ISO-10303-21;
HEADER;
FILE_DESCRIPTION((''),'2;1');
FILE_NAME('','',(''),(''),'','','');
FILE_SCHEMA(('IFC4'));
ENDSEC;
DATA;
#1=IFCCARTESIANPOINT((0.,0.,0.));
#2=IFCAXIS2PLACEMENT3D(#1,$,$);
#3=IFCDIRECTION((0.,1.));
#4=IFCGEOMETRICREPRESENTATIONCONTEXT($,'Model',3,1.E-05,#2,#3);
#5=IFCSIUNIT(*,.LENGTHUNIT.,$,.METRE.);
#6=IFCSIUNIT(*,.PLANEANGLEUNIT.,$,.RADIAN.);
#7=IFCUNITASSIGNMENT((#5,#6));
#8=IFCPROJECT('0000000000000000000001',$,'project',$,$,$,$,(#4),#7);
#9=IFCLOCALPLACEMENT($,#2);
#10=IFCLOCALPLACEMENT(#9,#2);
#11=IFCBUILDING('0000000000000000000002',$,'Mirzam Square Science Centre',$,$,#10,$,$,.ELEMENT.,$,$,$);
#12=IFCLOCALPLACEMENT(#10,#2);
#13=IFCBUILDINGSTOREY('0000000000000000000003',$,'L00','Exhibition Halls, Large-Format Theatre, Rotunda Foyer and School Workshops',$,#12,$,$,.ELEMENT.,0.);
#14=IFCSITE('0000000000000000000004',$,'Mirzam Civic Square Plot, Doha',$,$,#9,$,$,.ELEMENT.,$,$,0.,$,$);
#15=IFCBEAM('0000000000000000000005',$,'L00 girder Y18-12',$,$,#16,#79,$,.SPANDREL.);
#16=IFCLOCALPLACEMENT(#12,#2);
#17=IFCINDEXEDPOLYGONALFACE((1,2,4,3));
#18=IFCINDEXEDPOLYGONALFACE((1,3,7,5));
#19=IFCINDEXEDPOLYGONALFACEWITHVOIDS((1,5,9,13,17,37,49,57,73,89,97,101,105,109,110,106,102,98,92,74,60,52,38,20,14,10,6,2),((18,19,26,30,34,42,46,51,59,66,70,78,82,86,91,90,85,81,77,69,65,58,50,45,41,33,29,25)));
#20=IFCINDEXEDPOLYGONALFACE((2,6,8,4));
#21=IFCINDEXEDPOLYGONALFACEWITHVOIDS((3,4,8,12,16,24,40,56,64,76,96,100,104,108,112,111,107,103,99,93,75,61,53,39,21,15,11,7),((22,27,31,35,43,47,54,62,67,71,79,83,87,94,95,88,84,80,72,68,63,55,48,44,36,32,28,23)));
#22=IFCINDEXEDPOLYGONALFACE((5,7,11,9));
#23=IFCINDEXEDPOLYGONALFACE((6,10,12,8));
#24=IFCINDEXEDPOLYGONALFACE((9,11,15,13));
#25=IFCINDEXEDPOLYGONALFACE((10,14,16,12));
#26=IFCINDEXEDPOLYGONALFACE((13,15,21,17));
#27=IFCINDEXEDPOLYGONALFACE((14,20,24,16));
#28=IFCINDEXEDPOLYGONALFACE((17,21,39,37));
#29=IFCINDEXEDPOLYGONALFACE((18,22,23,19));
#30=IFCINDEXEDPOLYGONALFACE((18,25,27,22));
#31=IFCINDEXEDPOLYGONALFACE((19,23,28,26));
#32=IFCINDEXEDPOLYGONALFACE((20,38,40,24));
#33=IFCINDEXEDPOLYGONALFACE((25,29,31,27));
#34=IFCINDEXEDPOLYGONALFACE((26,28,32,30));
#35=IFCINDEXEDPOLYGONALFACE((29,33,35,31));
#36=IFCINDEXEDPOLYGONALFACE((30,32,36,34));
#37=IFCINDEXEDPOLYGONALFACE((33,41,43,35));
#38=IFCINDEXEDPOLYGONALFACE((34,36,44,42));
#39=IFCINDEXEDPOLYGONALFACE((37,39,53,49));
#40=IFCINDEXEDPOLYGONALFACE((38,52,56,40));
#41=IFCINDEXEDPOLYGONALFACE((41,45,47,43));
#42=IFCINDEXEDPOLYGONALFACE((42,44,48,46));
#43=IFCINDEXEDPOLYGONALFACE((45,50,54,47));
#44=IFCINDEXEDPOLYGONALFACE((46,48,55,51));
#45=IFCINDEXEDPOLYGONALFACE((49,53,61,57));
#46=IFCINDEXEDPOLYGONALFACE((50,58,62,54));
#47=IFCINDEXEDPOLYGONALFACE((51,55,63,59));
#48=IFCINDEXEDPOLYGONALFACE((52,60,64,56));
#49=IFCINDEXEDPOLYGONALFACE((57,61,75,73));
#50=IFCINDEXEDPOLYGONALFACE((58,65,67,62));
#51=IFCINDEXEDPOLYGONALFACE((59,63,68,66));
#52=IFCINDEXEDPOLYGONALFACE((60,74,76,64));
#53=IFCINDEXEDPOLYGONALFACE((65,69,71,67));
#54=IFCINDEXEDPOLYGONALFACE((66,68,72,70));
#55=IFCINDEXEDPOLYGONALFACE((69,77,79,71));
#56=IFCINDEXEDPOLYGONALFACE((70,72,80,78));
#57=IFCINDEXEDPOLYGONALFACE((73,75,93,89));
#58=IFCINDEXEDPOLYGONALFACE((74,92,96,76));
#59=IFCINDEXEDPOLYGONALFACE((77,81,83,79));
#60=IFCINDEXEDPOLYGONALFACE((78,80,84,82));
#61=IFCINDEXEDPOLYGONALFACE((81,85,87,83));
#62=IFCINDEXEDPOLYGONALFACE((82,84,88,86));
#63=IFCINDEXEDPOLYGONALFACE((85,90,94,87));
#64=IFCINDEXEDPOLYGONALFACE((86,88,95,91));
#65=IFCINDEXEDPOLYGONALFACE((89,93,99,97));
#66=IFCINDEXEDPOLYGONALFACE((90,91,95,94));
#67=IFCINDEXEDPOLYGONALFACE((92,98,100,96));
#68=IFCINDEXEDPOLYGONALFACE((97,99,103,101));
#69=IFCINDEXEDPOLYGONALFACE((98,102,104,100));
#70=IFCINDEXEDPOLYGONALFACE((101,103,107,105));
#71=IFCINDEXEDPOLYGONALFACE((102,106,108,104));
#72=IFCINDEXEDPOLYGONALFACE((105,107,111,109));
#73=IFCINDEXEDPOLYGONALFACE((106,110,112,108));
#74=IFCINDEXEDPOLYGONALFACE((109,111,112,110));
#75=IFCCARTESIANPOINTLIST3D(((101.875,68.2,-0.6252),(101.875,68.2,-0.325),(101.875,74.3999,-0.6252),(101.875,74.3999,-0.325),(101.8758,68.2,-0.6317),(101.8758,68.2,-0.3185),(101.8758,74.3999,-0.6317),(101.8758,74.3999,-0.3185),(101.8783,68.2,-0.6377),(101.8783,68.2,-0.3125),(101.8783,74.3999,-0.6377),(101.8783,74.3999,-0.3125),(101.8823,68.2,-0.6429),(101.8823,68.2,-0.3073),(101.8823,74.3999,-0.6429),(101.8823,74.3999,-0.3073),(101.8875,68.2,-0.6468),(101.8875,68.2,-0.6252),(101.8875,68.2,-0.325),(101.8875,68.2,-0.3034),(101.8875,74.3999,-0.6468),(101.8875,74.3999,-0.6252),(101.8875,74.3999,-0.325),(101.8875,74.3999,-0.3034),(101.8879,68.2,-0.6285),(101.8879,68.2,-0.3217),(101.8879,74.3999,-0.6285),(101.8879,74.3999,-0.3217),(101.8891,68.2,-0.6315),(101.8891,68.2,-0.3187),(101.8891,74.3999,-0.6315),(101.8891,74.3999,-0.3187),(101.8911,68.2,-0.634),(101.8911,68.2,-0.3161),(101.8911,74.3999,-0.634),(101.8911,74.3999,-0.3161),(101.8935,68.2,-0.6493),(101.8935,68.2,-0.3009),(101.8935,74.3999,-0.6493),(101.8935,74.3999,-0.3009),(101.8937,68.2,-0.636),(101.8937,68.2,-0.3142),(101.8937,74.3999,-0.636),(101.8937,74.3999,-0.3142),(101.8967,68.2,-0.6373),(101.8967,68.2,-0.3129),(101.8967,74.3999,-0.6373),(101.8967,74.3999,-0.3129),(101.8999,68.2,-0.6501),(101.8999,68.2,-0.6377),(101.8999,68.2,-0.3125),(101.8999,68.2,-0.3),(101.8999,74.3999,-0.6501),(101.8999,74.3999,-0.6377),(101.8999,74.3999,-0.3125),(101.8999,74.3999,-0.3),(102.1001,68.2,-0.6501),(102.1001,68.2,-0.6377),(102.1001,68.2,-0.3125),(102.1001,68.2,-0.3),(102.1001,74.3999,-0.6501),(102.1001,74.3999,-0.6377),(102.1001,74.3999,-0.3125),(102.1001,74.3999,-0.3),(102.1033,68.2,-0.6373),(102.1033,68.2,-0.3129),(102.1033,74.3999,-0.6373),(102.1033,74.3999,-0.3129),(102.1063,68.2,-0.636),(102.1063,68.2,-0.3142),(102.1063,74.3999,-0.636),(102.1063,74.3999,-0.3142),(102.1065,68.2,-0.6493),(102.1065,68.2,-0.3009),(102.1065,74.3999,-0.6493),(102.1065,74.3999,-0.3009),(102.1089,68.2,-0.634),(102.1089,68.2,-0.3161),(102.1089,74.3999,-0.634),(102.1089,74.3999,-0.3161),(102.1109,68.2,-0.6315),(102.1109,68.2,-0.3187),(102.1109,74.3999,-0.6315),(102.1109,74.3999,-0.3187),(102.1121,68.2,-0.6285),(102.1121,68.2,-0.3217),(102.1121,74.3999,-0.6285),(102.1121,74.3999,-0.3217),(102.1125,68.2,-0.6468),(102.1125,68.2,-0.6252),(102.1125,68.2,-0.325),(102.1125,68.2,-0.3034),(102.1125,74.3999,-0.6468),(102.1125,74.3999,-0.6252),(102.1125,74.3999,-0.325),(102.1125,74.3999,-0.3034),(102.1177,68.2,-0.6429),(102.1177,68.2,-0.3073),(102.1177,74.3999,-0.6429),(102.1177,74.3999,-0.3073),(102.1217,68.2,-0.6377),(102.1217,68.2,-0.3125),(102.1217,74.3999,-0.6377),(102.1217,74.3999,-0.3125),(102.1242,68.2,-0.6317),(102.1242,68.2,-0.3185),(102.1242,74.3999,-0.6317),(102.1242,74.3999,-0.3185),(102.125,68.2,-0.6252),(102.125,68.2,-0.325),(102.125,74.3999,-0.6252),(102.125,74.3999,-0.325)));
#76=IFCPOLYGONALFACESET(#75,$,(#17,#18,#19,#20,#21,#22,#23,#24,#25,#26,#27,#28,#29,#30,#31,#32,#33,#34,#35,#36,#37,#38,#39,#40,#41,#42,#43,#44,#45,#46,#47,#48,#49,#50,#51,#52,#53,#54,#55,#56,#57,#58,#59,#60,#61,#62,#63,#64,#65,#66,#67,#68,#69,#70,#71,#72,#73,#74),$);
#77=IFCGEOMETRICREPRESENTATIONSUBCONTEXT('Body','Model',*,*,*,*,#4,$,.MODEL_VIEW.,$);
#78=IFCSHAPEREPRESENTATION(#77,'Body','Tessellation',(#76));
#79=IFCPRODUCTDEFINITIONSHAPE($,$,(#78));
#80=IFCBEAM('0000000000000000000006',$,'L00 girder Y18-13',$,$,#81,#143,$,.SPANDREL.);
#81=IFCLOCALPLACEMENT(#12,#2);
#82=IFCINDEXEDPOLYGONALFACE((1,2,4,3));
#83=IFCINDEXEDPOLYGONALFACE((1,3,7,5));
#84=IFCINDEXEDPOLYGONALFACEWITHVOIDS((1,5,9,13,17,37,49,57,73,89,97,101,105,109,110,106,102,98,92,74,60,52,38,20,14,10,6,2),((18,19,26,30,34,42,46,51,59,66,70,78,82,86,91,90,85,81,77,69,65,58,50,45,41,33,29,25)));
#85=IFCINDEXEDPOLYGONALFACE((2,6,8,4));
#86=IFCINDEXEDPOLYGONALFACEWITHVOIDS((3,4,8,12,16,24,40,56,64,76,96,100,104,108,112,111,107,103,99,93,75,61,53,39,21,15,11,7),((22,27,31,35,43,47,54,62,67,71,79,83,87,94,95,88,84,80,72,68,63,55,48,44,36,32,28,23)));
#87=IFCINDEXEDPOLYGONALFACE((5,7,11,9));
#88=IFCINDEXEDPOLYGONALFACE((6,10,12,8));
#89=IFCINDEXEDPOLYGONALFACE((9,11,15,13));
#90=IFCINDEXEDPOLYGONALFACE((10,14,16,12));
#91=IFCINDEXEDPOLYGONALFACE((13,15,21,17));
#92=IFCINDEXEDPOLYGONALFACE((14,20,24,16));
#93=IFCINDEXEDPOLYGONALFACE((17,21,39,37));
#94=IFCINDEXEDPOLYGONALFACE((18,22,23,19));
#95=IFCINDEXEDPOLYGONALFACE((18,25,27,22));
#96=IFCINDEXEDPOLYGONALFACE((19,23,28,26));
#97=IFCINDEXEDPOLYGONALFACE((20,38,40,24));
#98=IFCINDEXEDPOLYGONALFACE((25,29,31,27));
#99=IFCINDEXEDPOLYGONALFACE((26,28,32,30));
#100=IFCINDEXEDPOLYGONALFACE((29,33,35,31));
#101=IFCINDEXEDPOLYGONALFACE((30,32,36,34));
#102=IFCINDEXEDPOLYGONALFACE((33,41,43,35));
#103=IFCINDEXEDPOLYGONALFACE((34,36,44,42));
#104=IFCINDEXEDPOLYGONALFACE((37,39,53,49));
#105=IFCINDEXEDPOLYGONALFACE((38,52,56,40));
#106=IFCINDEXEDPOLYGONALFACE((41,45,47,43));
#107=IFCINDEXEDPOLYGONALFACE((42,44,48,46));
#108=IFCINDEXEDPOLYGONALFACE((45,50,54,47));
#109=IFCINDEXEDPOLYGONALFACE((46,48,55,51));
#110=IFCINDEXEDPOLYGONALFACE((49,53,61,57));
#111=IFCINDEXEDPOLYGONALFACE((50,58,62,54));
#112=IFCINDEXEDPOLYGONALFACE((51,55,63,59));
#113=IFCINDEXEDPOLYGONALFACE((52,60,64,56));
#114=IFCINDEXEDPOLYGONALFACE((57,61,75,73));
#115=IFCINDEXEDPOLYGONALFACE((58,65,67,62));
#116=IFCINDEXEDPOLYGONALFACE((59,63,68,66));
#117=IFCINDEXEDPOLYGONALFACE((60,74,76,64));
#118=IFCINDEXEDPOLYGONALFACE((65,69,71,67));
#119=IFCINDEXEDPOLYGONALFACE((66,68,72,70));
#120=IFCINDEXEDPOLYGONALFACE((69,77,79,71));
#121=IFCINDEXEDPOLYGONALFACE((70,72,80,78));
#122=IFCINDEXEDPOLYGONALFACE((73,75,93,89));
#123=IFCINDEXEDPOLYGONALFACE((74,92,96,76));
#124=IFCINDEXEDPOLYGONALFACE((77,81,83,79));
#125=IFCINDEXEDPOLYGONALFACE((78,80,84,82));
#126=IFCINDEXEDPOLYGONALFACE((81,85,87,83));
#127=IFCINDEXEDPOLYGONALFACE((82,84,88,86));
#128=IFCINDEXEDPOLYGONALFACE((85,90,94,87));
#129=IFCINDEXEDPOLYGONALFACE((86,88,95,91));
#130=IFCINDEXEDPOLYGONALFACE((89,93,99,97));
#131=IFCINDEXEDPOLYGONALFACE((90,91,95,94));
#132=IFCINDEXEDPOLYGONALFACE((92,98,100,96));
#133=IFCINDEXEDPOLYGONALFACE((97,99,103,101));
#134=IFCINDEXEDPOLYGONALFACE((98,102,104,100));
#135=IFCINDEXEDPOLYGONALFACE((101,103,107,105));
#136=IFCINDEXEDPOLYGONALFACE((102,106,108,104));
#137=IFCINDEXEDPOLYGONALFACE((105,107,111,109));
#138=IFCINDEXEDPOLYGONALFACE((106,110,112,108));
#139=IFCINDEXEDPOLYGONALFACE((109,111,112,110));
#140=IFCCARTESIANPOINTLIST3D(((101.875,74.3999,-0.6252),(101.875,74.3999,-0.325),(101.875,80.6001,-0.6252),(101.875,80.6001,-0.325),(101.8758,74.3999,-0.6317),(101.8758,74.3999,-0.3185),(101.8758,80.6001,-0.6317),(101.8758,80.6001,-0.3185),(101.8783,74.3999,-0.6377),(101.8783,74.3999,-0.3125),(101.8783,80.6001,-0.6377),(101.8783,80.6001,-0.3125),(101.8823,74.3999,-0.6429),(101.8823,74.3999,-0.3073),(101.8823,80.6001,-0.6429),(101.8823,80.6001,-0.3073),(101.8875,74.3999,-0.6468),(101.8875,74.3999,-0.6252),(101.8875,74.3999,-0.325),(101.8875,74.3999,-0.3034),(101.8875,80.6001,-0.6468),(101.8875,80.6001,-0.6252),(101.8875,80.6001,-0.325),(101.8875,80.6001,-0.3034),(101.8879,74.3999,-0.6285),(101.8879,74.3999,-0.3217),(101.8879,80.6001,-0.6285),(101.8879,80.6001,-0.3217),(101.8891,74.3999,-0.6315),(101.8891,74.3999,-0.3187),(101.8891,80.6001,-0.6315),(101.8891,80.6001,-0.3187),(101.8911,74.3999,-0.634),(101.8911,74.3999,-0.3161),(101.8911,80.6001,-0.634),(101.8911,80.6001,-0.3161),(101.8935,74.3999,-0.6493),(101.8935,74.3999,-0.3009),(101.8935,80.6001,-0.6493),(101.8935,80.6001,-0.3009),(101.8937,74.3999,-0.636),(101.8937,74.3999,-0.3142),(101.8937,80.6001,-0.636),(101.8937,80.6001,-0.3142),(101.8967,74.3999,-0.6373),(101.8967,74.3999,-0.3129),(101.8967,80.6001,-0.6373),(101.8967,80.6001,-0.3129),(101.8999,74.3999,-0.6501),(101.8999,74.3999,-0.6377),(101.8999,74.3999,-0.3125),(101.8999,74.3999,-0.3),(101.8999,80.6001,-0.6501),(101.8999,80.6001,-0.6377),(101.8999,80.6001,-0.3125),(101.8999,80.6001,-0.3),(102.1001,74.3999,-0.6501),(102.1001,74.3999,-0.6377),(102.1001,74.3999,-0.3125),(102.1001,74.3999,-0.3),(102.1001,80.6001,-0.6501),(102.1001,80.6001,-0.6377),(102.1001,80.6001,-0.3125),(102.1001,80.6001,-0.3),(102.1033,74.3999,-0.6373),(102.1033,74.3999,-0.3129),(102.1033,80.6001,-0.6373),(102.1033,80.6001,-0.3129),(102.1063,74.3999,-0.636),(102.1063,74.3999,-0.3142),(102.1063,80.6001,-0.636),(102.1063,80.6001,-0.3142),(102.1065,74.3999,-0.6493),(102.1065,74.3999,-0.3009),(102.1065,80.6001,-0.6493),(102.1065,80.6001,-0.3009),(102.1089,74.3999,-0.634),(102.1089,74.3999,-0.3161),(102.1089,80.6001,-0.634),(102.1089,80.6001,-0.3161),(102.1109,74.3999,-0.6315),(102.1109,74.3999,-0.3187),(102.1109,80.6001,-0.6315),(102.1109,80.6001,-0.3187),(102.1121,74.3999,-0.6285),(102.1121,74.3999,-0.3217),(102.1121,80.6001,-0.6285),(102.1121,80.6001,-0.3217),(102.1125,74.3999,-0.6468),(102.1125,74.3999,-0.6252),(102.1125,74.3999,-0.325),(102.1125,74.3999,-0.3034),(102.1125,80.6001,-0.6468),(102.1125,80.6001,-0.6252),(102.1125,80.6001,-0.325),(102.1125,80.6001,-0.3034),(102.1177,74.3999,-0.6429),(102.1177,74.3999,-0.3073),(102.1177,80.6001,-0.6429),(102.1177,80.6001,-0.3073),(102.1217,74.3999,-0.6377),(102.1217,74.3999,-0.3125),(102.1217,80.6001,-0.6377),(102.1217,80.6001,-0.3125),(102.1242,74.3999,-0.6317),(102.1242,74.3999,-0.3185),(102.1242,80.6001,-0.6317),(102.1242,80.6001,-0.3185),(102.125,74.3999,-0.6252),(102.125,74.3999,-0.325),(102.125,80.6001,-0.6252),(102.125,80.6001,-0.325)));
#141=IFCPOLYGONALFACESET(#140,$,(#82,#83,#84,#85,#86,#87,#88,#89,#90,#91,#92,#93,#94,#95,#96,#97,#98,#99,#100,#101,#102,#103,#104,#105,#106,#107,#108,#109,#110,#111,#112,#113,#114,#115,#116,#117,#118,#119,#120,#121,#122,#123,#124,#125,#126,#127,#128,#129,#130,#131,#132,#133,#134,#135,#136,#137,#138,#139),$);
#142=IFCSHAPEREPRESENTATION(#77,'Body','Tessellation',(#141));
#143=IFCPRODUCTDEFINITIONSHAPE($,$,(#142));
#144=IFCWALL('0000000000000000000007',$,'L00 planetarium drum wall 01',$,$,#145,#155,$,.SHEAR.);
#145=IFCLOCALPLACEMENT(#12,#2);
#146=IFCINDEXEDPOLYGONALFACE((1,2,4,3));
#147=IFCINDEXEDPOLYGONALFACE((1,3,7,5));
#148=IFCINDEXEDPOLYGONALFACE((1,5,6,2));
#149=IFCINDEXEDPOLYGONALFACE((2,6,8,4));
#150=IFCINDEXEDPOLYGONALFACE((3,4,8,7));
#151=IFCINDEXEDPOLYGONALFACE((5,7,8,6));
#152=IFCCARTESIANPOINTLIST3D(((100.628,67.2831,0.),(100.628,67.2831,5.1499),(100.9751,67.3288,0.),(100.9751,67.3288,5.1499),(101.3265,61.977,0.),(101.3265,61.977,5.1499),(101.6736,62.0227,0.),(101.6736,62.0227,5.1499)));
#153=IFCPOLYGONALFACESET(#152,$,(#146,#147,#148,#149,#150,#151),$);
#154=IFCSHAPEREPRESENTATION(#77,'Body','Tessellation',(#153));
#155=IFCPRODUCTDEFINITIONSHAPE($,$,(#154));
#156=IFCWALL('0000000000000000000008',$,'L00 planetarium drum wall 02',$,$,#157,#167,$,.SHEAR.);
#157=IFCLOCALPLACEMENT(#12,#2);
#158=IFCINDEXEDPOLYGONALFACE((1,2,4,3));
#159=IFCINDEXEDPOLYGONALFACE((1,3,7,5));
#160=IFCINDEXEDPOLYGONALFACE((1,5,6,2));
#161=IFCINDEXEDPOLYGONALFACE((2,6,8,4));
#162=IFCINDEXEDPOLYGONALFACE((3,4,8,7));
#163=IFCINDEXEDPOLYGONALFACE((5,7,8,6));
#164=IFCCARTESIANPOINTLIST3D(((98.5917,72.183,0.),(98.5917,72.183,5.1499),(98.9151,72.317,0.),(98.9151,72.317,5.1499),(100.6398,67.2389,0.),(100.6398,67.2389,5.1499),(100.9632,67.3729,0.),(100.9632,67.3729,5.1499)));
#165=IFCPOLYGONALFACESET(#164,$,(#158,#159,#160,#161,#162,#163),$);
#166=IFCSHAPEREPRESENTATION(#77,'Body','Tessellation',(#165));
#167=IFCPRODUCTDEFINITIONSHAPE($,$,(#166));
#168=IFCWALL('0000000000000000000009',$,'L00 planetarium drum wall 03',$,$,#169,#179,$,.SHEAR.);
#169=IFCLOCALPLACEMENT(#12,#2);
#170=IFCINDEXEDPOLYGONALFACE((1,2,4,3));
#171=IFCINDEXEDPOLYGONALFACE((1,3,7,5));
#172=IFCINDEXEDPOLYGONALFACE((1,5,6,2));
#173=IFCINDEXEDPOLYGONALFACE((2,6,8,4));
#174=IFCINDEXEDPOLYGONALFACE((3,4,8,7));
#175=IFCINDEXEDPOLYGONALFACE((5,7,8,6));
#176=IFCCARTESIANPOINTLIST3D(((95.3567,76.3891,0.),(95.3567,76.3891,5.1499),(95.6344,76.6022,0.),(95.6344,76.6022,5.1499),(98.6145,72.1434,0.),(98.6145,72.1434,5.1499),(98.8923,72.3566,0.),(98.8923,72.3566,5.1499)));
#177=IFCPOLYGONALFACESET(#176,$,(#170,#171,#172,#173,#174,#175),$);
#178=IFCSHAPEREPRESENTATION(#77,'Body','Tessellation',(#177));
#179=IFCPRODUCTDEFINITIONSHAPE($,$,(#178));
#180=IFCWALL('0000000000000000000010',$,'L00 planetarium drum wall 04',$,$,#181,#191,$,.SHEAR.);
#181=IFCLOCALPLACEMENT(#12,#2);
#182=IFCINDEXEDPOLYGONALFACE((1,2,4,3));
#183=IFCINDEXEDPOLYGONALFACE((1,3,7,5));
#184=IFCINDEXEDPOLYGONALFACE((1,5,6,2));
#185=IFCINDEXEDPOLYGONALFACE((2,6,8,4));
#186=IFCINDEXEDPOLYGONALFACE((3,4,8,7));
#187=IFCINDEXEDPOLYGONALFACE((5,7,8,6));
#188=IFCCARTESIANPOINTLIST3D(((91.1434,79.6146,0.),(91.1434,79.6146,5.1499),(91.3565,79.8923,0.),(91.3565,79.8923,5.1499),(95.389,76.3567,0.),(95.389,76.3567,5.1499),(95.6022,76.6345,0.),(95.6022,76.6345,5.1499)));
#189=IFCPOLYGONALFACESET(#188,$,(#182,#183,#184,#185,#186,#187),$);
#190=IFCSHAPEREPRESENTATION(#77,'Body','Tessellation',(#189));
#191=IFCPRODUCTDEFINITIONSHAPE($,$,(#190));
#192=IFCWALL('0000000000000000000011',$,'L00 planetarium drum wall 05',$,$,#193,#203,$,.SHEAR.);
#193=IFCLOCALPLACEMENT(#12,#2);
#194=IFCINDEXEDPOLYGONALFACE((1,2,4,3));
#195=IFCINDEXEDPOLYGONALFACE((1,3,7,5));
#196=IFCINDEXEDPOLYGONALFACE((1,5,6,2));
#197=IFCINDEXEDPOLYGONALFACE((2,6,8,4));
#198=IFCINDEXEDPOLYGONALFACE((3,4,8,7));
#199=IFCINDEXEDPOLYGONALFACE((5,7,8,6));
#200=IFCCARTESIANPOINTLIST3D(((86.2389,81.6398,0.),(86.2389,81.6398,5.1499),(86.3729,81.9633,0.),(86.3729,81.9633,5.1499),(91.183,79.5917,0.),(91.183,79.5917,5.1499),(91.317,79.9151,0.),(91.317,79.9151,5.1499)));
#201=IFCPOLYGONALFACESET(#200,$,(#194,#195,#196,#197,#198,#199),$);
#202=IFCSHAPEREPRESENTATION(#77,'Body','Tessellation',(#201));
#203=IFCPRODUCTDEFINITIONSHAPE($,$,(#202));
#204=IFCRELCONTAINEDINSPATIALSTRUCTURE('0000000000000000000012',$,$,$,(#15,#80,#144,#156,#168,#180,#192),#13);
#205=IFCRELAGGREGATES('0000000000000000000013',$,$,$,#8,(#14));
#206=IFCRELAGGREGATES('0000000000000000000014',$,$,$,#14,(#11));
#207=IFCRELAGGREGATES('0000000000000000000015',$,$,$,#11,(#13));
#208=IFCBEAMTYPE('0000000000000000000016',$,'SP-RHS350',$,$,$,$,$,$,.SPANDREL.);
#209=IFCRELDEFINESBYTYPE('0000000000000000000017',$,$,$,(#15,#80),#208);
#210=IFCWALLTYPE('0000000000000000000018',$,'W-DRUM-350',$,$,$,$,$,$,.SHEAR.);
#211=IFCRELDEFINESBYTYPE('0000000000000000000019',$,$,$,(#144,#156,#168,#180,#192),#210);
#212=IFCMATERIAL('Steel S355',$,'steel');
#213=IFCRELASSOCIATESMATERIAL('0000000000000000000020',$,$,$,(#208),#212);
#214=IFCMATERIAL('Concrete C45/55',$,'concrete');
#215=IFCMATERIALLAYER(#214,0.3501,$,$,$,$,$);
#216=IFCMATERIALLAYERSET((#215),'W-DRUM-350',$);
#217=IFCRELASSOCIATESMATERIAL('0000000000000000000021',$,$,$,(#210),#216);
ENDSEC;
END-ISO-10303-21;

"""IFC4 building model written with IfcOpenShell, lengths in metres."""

from ifc_helpers import new_model, si_unit, direction, frame, frame_2d, origin, origin_2d, place, context, subcontext, project, spatial, rectangle, hollow_rectangle, extrude, material, layer, layer_set, material_profile, profile_set, type_object, element, save


model = new_model("IFC4")

# Units and contexts
model_context = context("Model", 3, precision=1e-05, world=origin(), true_north=direction((0.0, 1.0)))
body_context = subcontext(model_context, "Body", "Model", "MODEL_VIEW")
ifc_project = project(units=[si_unit("LENGTHUNIT", "METRE"), si_unit("PLANEANGLEUNIT", "RADIAN")], contexts=[model_context])

# Site, building, storey
site_placement = place(None, origin())
site = spatial("IfcSite", under=ifc_project, at=site_placement, Name="Mirzam Civic Square Plot, Doha", CompositionType="ELEMENT", RefElevation=0.0)
building_placement = place(site_placement, origin())
building = spatial("IfcBuilding", under=site, at=building_placement, Name="Mirzam Square Science Centre", CompositionType="ELEMENT")
storey_placement = place(building_placement, origin())
storey = spatial("IfcBuildingStorey", under=building, at=storey_placement, Name="L00", Description="Exhibition Halls, Large-Format Theatre, Rotunda Foyer and School Workshops", CompositionType="ELEMENT", Elevation=0.0)

# Shared definitions
ifc_material_1 = material(Name="Steel S355", Category="steel")
ifc_material_2 = material(Name="Concrete C45/55", Category="concrete")

# Beams
ifc_material_profile_1 = material_profile(ifc_material_1, hollow_rectangle(XDim=0.25, YDim=0.3501, WallThickness=0.0125, InnerFilletRadius=0.0125, OuterFilletRadius=0.0249, at=origin_2d()), Name="350x250x12.5RHS")
ifc_profile_set_1 = profile_set([ifc_material_profile_1], Name="Steel S355")
beam_type_1 = type_object("IfcBeamType", Name="SP-RHS350", PredefinedType="SPANDREL", material=ifc_profile_set_1)
beam_1_placement = place(storey_placement, frame((102.0, 68.2, -0.4751), z_axis=(0.0, 1.0, 0.0), x_axis=(-1.0, 0.0, 0.0)))
element("IfcBeam", 1, at=beam_1_placement, inside=storey, type_object=beam_type_1, Name="L00 girder Y18-12", PredefinedType="SPANDREL", context=body_context, shape_type="SweptSolid", body=[
    extrude(hollow_rectangle(XDim=0.25, YDim=0.3501, WallThickness=0.0125, InnerFilletRadius=0.0125, OuterFilletRadius=0.0249, at=origin_2d()), origin(), (0.0, 0.0, 1.0), 6.2),
])
beam_2_placement = place(storey_placement, frame((102.0, 74.3999, -0.4751), z_axis=(0.0, 1.0, 0.0), x_axis=(-1.0, 0.0, 0.0)))
element("IfcBeam", 2, at=beam_2_placement, inside=storey, type_object=beam_type_1, Name="L00 girder Y18-13", PredefinedType="SPANDREL", context=body_context, shape_type="SweptSolid", body=[
    extrude(hollow_rectangle(XDim=0.25, YDim=0.3501, WallThickness=0.0125, InnerFilletRadius=0.0125, OuterFilletRadius=0.0249, at=origin_2d()), origin(), (0.0, 0.0, 1.0), 6.2002),
])

# Walls
ifc_layer_1 = layer(ifc_material_2, 0.3501)
ifc_layer_set_1 = layer_set([ifc_layer_1], Name="W-DRUM-350")
wall_type_1 = type_object("IfcWallType", Name="W-DRUM-350", PredefinedType="SHEAR", material=ifc_layer_set_1)
wall_1_placement = place(storey_placement, frame((101.5, 62.0, 0.0), z_axis=(0.0, 0.0, 1.0), x_axis=(-0.130517, 0.991446, 0.0)))
element("IfcWall", 3, at=wall_1_placement, inside=storey, type_object=wall_type_1, Name="L00 planetarium drum wall 01", PredefinedType="SHEAR", context=body_context, shape_type="SweptSolid", body=[
    extrude(rectangle(XDim=5.3518, YDim=0.3501, at=frame_2d((2.6758, 0.0))), origin(), (0.0, 0.0, 1.0), 5.1499),
])
for number, where, z_axis, x_axis, name in (
    (4, (100.8015, 67.3059, 0.0), (0.0, 0.0, 1.0), (-0.382713, 0.923867, 0.0), "L00 planetarium drum wall 02"),
    (5, (98.7534, 72.25, 0.0), (0.0, 0.0, 1.0), (-0.608767, 0.793349, 0.0), "L00 planetarium drum wall 03"),
    (6, (95.4956, 76.4956, 0.0), (0.0, 0.0, 1.0), (-0.793349, 0.608767, 0.0), "L00 planetarium drum wall 04"),
    (7, (91.25, 79.7534, 0.0), (0.0, 0.0, 1.0), (-0.923867, 0.382713, 0.0), "L00 planetarium drum wall 05"),
):
    element("IfcWall", number, at=place(storey_placement, frame(where, z_axis=z_axis, x_axis=x_axis)), inside=storey, type_object=wall_type_1, Name=name, PredefinedType="SHEAR", context=body_context, shape_type="SweptSolid", body=[
        extrude(rectangle(XDim=5.3516, YDim=0.3501, at=frame_2d((2.6758, 0.0))), origin(), (0.0, 0.0, 1.0), 5.1499),
    ])

save(model, "model.ifc")
